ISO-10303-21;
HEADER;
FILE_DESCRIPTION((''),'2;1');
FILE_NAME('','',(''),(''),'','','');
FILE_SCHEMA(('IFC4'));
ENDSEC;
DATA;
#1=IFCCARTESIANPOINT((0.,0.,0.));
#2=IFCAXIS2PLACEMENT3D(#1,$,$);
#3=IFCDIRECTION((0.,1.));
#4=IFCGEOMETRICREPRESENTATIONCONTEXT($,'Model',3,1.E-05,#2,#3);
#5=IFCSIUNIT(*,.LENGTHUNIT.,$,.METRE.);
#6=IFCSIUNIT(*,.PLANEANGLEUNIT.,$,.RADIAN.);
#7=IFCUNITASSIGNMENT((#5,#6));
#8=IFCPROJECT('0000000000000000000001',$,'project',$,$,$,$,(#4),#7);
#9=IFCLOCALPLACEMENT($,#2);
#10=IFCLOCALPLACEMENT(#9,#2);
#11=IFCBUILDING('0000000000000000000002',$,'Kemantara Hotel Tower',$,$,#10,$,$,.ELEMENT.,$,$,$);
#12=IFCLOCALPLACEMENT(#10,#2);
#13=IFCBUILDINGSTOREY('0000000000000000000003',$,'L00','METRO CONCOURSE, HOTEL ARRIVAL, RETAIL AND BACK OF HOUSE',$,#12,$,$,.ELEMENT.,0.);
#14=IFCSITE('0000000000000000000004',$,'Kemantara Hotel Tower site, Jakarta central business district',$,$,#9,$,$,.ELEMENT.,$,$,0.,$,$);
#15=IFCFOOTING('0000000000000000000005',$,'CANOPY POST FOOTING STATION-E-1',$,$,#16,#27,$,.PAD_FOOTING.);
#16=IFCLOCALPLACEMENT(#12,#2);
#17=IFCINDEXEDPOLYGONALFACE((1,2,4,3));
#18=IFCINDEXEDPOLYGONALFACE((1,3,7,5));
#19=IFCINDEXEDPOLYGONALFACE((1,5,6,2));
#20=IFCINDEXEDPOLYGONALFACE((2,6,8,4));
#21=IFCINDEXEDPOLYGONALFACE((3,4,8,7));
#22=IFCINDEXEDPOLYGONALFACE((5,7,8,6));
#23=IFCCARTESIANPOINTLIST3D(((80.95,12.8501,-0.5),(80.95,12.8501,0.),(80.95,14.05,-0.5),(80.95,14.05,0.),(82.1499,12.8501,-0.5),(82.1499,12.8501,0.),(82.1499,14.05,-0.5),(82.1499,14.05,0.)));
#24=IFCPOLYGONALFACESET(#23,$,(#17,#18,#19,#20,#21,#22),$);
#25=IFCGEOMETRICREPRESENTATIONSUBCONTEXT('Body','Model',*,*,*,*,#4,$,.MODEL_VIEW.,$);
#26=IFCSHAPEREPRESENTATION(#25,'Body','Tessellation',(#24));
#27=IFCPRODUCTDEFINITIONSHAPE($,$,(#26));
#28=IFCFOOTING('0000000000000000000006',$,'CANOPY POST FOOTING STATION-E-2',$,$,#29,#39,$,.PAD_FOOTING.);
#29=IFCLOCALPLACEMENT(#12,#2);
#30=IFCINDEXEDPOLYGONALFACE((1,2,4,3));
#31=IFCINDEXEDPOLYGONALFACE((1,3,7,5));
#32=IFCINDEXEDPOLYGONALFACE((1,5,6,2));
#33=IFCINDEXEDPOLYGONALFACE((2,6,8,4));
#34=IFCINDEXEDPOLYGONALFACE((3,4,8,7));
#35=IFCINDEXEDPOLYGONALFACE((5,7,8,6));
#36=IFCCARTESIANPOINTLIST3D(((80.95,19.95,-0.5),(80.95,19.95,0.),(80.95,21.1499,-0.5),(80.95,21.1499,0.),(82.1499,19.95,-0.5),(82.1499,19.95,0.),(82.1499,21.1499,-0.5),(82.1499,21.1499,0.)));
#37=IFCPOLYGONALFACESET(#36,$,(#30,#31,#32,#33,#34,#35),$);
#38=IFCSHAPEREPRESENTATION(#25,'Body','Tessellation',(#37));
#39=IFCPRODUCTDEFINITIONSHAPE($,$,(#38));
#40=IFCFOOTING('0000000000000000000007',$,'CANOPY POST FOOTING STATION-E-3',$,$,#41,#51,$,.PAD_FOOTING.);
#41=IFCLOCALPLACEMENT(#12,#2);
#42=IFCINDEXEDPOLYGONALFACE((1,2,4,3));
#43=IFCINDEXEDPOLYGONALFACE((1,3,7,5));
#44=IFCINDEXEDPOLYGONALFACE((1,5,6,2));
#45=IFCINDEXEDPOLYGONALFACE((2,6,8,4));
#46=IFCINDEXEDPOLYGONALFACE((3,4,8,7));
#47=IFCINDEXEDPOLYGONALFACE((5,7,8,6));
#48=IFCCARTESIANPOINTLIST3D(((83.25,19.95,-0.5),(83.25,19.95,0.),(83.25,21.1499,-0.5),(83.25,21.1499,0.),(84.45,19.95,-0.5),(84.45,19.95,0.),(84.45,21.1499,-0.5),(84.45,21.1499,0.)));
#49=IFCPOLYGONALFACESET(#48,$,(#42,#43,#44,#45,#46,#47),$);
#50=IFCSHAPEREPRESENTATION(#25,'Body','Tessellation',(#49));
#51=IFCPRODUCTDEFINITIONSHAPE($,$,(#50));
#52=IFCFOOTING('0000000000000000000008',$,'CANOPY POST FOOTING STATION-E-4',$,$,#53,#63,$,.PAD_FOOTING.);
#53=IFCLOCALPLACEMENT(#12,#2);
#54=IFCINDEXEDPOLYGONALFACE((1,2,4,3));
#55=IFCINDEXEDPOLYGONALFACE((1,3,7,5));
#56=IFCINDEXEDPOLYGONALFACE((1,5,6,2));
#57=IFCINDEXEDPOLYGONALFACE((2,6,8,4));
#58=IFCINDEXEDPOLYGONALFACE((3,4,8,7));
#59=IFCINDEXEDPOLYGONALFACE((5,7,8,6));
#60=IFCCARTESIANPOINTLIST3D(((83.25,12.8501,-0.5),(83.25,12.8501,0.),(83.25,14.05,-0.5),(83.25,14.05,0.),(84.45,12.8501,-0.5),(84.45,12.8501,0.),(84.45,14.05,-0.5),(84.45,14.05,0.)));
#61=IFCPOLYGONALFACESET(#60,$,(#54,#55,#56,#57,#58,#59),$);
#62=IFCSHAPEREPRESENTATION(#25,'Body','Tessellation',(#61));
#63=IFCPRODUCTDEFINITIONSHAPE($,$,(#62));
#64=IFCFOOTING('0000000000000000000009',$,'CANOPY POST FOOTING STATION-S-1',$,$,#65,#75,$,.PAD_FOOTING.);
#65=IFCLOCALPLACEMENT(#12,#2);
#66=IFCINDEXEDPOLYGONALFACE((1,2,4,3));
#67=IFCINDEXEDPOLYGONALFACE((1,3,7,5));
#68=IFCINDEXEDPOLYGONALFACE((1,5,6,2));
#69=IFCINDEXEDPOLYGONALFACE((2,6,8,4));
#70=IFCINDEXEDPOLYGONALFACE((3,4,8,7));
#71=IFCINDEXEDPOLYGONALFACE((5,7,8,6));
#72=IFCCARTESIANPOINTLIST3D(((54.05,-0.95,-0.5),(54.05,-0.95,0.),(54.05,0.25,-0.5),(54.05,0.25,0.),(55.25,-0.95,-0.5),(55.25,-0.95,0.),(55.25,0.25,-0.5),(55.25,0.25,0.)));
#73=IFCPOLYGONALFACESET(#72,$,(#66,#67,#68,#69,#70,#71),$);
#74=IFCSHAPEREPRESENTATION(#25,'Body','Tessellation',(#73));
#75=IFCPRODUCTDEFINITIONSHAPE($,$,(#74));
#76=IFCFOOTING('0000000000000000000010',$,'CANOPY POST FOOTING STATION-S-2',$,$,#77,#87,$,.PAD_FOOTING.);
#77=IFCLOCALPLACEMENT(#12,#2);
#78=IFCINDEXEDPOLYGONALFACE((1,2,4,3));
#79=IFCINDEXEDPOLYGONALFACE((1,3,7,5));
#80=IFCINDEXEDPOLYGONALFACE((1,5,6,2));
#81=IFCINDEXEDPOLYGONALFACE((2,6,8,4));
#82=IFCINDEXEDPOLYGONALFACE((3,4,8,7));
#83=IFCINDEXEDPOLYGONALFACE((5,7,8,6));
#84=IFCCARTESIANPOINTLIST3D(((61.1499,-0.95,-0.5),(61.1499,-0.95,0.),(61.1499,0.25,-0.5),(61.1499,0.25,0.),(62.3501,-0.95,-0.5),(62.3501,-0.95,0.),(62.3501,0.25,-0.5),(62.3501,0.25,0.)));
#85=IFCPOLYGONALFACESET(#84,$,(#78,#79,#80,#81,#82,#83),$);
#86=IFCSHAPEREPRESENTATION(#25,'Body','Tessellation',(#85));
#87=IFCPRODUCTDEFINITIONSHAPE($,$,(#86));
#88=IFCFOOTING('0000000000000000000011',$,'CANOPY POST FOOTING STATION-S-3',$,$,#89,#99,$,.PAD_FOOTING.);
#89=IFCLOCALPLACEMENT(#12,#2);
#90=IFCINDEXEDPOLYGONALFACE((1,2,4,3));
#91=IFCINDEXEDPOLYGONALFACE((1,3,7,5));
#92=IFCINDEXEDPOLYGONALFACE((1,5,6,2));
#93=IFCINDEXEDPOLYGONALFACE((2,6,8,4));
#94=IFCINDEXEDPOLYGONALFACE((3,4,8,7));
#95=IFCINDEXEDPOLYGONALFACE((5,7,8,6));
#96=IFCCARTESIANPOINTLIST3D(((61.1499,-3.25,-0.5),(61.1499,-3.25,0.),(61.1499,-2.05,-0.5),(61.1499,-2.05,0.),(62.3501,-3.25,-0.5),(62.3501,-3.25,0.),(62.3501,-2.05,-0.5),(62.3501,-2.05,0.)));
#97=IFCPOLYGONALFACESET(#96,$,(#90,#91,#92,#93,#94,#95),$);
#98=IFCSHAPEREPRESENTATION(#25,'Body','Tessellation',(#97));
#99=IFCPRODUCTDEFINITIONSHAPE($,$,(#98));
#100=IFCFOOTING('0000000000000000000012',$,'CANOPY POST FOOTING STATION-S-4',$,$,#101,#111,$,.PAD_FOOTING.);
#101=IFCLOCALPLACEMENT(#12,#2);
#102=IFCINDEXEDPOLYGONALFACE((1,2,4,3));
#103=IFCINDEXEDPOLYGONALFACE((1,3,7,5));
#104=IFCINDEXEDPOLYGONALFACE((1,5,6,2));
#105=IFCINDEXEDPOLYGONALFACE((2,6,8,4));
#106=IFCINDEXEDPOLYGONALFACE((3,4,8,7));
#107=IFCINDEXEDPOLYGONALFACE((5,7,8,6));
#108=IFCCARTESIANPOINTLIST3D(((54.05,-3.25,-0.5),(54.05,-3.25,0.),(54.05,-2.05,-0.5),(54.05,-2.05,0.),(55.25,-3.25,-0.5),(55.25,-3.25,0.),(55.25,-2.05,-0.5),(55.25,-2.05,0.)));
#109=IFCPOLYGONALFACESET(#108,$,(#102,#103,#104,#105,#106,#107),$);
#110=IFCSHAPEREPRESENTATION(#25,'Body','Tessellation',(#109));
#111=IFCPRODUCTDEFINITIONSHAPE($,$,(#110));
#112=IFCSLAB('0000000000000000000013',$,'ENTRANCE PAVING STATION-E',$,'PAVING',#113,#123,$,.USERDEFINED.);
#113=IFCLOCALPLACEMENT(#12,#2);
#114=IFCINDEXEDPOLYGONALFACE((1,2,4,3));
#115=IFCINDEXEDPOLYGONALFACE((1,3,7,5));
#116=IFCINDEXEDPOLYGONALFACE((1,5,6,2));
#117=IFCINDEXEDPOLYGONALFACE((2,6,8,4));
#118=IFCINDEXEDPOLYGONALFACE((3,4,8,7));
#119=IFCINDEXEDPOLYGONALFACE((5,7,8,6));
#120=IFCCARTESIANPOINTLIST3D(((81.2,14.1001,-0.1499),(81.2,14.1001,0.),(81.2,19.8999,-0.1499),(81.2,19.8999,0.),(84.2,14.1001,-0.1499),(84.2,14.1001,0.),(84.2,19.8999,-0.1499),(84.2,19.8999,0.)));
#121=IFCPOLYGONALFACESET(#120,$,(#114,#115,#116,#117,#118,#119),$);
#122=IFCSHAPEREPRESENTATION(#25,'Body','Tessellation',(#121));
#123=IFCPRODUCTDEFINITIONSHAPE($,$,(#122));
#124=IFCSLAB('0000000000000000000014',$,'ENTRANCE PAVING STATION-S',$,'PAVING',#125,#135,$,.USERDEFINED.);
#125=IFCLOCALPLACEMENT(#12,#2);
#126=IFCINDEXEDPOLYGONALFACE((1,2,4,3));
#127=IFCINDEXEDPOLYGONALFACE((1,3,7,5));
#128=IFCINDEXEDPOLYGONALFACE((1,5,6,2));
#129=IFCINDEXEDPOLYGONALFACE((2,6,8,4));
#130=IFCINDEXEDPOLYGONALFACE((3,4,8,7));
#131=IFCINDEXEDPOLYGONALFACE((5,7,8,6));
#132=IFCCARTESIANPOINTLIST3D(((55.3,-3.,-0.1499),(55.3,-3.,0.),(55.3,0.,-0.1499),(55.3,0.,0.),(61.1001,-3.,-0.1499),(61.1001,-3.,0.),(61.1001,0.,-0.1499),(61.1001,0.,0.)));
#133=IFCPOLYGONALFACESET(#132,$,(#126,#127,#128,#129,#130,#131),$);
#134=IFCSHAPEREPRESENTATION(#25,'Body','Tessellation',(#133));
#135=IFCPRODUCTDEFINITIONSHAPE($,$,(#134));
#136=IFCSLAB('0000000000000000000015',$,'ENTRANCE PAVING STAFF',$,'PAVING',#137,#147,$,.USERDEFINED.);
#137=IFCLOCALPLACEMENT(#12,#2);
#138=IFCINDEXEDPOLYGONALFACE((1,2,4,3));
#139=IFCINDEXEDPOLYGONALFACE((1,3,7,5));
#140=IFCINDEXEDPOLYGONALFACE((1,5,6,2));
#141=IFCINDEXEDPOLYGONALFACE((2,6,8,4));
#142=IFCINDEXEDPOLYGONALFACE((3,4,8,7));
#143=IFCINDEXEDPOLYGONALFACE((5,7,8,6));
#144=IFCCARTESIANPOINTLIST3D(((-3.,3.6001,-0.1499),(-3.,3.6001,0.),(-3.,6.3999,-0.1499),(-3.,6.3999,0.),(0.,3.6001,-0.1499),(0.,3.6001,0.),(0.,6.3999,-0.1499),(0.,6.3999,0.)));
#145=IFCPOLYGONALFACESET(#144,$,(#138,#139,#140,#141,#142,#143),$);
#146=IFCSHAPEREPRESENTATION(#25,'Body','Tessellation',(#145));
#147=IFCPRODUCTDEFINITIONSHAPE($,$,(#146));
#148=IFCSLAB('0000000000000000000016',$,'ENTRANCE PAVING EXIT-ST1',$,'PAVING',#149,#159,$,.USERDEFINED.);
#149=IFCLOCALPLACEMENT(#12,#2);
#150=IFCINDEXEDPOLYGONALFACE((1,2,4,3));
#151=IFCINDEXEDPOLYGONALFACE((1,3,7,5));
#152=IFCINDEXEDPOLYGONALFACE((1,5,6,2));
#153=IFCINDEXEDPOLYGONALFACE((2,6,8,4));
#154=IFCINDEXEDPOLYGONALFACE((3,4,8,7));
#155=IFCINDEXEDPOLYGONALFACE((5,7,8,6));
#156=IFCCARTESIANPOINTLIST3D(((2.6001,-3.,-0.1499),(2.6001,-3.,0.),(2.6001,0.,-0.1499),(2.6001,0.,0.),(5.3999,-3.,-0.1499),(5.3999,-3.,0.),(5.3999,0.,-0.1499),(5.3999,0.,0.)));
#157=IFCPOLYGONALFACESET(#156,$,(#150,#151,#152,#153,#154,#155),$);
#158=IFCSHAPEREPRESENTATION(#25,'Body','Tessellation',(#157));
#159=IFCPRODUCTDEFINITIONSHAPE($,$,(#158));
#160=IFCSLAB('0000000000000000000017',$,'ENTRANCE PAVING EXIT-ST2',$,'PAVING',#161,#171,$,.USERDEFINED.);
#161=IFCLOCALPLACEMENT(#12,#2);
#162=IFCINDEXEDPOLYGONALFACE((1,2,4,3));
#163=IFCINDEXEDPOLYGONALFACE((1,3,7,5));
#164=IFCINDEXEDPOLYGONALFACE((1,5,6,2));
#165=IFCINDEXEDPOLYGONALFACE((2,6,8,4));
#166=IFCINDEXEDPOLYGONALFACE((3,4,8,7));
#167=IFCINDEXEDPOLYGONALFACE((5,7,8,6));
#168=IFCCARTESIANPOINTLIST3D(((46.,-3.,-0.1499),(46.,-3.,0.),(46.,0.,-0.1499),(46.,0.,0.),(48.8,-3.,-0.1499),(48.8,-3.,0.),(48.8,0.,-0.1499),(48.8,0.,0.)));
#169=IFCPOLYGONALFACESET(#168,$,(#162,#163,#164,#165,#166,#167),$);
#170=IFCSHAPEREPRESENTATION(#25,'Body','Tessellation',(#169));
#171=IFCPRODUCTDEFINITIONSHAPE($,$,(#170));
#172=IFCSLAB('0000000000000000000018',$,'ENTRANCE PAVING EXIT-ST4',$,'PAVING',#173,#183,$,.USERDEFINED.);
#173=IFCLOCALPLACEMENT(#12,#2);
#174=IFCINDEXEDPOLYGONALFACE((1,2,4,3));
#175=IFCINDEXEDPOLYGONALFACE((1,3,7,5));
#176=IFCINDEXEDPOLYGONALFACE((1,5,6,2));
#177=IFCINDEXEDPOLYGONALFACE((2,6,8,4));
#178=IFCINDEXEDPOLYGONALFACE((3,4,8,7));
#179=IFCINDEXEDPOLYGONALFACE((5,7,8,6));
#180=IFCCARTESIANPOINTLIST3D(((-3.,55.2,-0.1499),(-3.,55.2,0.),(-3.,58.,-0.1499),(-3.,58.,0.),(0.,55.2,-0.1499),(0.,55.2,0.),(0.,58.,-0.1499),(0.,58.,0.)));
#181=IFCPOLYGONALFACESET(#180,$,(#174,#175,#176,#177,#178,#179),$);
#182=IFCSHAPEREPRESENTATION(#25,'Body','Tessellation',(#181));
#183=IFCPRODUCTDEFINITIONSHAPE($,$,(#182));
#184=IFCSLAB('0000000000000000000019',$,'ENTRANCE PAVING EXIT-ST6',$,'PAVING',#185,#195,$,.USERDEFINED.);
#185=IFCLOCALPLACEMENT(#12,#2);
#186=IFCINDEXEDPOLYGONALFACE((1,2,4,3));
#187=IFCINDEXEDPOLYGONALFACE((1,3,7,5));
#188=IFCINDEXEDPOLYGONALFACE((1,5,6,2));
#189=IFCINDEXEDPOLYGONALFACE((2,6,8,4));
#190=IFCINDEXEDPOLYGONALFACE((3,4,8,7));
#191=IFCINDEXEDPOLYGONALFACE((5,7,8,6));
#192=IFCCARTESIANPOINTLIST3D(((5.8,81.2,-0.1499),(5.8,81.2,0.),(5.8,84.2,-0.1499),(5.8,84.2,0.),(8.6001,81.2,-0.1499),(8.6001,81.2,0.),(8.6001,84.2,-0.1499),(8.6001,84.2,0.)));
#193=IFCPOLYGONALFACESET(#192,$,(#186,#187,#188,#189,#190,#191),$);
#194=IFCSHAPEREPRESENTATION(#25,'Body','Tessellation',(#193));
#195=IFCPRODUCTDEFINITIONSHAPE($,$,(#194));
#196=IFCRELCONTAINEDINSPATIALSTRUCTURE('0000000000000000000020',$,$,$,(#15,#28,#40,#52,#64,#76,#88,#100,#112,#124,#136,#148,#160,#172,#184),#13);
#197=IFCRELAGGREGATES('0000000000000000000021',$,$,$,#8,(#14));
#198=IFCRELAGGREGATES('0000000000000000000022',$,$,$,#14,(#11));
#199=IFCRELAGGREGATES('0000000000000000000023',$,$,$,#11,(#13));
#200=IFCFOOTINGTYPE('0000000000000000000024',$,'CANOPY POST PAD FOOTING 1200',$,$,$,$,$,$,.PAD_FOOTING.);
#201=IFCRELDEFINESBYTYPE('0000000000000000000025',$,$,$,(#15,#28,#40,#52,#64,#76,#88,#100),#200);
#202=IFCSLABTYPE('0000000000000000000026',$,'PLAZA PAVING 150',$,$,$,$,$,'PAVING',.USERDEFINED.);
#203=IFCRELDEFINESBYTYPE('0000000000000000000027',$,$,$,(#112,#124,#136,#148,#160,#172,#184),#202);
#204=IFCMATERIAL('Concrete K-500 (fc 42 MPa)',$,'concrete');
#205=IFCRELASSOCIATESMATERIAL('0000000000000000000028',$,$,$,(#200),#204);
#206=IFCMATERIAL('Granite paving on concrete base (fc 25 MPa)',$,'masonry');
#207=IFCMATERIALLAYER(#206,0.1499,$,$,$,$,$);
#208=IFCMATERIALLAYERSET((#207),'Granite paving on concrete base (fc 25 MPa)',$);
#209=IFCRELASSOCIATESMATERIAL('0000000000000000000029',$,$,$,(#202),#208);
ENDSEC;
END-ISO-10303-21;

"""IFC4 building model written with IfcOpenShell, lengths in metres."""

from ifc_helpers import new_model, si_unit, direction, frame, origin, place, context, subcontext, project, spatial, polyline, outline, extrude, material, layer, layer_set, type_object, element, save


model = new_model("IFC4")

# Units and contexts
model_context = context("Model", 3, precision=1e-05, world=origin(), true_north=direction((0.0, 1.0)))
body_context = subcontext(model_context, "Body", "Model", "MODEL_VIEW")
ifc_project = project(units=[si_unit("LENGTHUNIT", "METRE"), si_unit("PLANEANGLEUNIT", "RADIAN")], contexts=[model_context])

# Site, building, storey
site_placement = place(None, origin())
site = spatial("IfcSite", under=ifc_project, at=site_placement, Name="Kemantara Hotel Tower site, Jakarta central business district", CompositionType="ELEMENT", RefElevation=0.0)
building_placement = place(site_placement, origin())
building = spatial("IfcBuilding", under=site, at=building_placement, Name="Kemantara Hotel Tower", CompositionType="ELEMENT")
storey_placement = place(building_placement, origin())
storey = spatial("IfcBuildingStorey", under=building, at=storey_placement, Name="L00", Description="METRO CONCOURSE, HOTEL ARRIVAL, RETAIL AND BACK OF HOUSE", CompositionType="ELEMENT", Elevation=0.0)

# Footings
ifc_material_1 = material(Name="Concrete K-500 (fc 42 MPa)", Category="concrete")
footing_type = type_object("IfcFootingType", Name="CANOPY POST PAD FOOTING 1200", PredefinedType="PAD_FOOTING", material=ifc_material_1)
footing_1_placement = place(storey_placement, frame((0.0, 0.0, -0.5)))
element("IfcFooting", 1, at=footing_1_placement, inside=storey, type_object=footing_type, Name="CANOPY POST FOOTING STATION-E-1", PredefinedType="PAD_FOOTING", context=body_context, shape_type="SweptSolid", body=[
    extrude(outline(polyline([(82.1499, 12.8501), (82.1499, 14.05), (80.95, 14.05), (80.95, 12.8501), (82.1499, 12.8501)])), origin(), (0.0, 0.0, 1.0), 0.5),
])
footing_2_placement = place(storey_placement, frame((0.0, 0.0, -0.5)))
element("IfcFooting", 2, at=footing_2_placement, inside=storey, type_object=footing_type, Name="CANOPY POST FOOTING STATION-E-2", PredefinedType="PAD_FOOTING", context=body_context, shape_type="SweptSolid", body=[
    extrude(outline(polyline([(82.1499, 19.95), (82.1499, 21.1499), (80.95, 21.1499), (80.95, 19.95), (82.1499, 19.95)])), origin(), (0.0, 0.0, 1.0), 0.5),
])
footing_3_placement = place(storey_placement, frame((0.0, 0.0, -0.5)))
element("IfcFooting", 3, at=footing_3_placement, inside=storey, type_object=footing_type, Name="CANOPY POST FOOTING STATION-E-3", PredefinedType="PAD_FOOTING", context=body_context, shape_type="SweptSolid", body=[
    extrude(outline(polyline([(84.45, 19.95), (84.45, 21.1499), (83.25, 21.1499), (83.25, 19.95), (84.45, 19.95)])), origin(), (0.0, 0.0, 1.0), 0.5),
])
footing_4_placement = place(storey_placement, frame((0.0, 0.0, -0.5)))
element("IfcFooting", 4, at=footing_4_placement, inside=storey, type_object=footing_type, Name="CANOPY POST FOOTING STATION-E-4", PredefinedType="PAD_FOOTING", context=body_context, shape_type="SweptSolid", body=[
    extrude(outline(polyline([(84.45, 12.8501), (84.45, 14.05), (83.25, 14.05), (83.25, 12.8501), (84.45, 12.8501)])), origin(), (0.0, 0.0, 1.0), 0.5),
])
footing_5_placement = place(storey_placement, frame((0.0, 0.0, -0.5)))
element("IfcFooting", 5, at=footing_5_placement, inside=storey, type_object=footing_type, Name="CANOPY POST FOOTING STATION-S-1", PredefinedType="PAD_FOOTING", context=body_context, shape_type="SweptSolid", body=[
    extrude(outline(polyline([(55.25, -0.95), (55.25, 0.25), (54.05, 0.25), (54.05, -0.95), (55.25, -0.95)])), origin(), (0.0, 0.0, 1.0), 0.5),
])
footing_6_placement = place(storey_placement, frame((0.0, 0.0, -0.5)))
element("IfcFooting", 6, at=footing_6_placement, inside=storey, type_object=footing_type, Name="CANOPY POST FOOTING STATION-S-2", PredefinedType="PAD_FOOTING", context=body_context, shape_type="SweptSolid", body=[
    extrude(outline(polyline([(62.3501, -0.95), (62.3501, 0.25), (61.1499, 0.25), (61.1499, -0.95), (62.3501, -0.95)])), origin(), (0.0, 0.0, 1.0), 0.5),
])
footing_7_placement = place(storey_placement, frame((0.0, 0.0, -0.5)))
element("IfcFooting", 7, at=footing_7_placement, inside=storey, type_object=footing_type, Name="CANOPY POST FOOTING STATION-S-3", PredefinedType="PAD_FOOTING", context=body_context, shape_type="SweptSolid", body=[
    extrude(outline(polyline([(62.3501, -3.25), (62.3501, -2.05), (61.1499, -2.05), (61.1499, -3.25), (62.3501, -3.25)])), origin(), (0.0, 0.0, 1.0), 0.5),
])
footing_8_placement = place(storey_placement, frame((0.0, 0.0, -0.5)))
element("IfcFooting", 8, at=footing_8_placement, inside=storey, type_object=footing_type, Name="CANOPY POST FOOTING STATION-S-4", PredefinedType="PAD_FOOTING", context=body_context, shape_type="SweptSolid", body=[
    extrude(outline(polyline([(55.25, -3.25), (55.25, -2.05), (54.05, -2.05), (54.05, -3.25), (55.25, -3.25)])), origin(), (0.0, 0.0, 1.0), 0.5),
])

# Slabs
ifc_material_2 = material(Name="Granite paving on concrete base (fc 25 MPa)", Category="masonry")
ifc_layer_1 = layer(ifc_material_2, 0.1499)
ifc_layer_set_1 = layer_set([ifc_layer_1], Name="Granite paving on concrete base (fc 25 MPa)")
slab_type_1 = type_object("IfcSlabType", Name="PLAZA PAVING 150", ElementType="PAVING", PredefinedType="USERDEFINED", material=ifc_layer_set_1)
slab_1_placement = place(storey_placement, frame((0.0, 0.0, -0.1499)))
element("IfcSlab", 9, at=slab_1_placement, inside=storey, type_object=slab_type_1, Name="ENTRANCE PAVING STATION-E", ObjectType="PAVING", PredefinedType="USERDEFINED", context=body_context, shape_type="SweptSolid", body=[
    extrude(outline(polyline([(81.2, 19.8999), (84.2, 19.8999), (84.2, 14.1001), (81.2, 14.1001), (81.2, 19.8999)])), origin(), (0.0, 0.0, 1.0), 0.1499),
])
slab_2_placement = place(storey_placement, frame((0.0, 0.0, -0.1499)))
element("IfcSlab", 10, at=slab_2_placement, inside=storey, type_object=slab_type_1, Name="ENTRANCE PAVING STATION-S", ObjectType="PAVING", PredefinedType="USERDEFINED", context=body_context, shape_type="SweptSolid", body=[
    extrude(outline(polyline([(61.1001, 0.0), (61.1001, -3.0), (55.3, -3.0), (55.3, 0.0), (61.1001, 0.0)])), origin(), (0.0, 0.0, 1.0), 0.1499),
])
slab_3_placement = place(storey_placement, frame((0.0, 0.0, -0.1499)))
element("IfcSlab", 11, at=slab_3_placement, inside=storey, type_object=slab_type_1, Name="ENTRANCE PAVING STAFF", ObjectType="PAVING", PredefinedType="USERDEFINED", context=body_context, shape_type="SweptSolid", body=[
    extrude(outline(polyline([(0.0, 3.6001), (-3.0, 3.6001), (-3.0, 6.3999), (0.0, 6.3999), (0.0, 3.6001)])), origin(), (0.0, 0.0, 1.0), 0.1499),
])
slab_4_placement = place(storey_placement, frame((0.0, 0.0, -0.1499)))
element("IfcSlab", 12, at=slab_4_placement, inside=storey, type_object=slab_type_1, Name="ENTRANCE PAVING EXIT-ST1", ObjectType="PAVING", PredefinedType="USERDEFINED", context=body_context, shape_type="SweptSolid", body=[
    extrude(outline(polyline([(5.3999, 0.0), (5.3999, -3.0), (2.6001, -3.0), (2.6001, 0.0), (5.3999, 0.0)])), origin(), (0.0, 0.0, 1.0), 0.1499),
])
slab_5_placement = place(storey_placement, frame((0.0, 0.0, -0.1499)))
element("IfcSlab", 13, at=slab_5_placement, inside=storey, type_object=slab_type_1, Name="ENTRANCE PAVING EXIT-ST2", ObjectType="PAVING", PredefinedType="USERDEFINED", context=body_context, shape_type="SweptSolid", body=[
    extrude(outline(polyline([(48.8, 0.0), (48.8, -3.0), (46.0, -3.0), (46.0, 0.0), (48.8, 0.0)])), origin(), (0.0, 0.0, 1.0), 0.1499),
])
slab_6_placement = place(storey_placement, frame((0.0, 0.0, -0.1499)))
element("IfcSlab", 14, at=slab_6_placement, inside=storey, type_object=slab_type_1, Name="ENTRANCE PAVING EXIT-ST4", ObjectType="PAVING", PredefinedType="USERDEFINED", context=body_context, shape_type="SweptSolid", body=[
    extrude(outline(polyline([(0.0, 55.2), (-3.0, 55.2), (-3.0, 58.0), (0.0, 58.0), (0.0, 55.2)])), origin(), (0.0, 0.0, 1.0), 0.1499),
])
slab_7_placement = place(storey_placement, frame((0.0, 0.0, -0.1499)))
element("IfcSlab", 15, at=slab_7_placement, inside=storey, type_object=slab_type_1, Name="ENTRANCE PAVING EXIT-ST6", ObjectType="PAVING", PredefinedType="USERDEFINED", context=body_context, shape_type="SweptSolid", body=[
    extrude(outline(polyline([(5.8, 81.2), (5.8, 84.2), (8.6001, 84.2), (8.6001, 81.2), (5.8, 81.2)])), origin(), (0.0, 0.0, 1.0), 0.1499),
])

save(model, "model.ifc")
